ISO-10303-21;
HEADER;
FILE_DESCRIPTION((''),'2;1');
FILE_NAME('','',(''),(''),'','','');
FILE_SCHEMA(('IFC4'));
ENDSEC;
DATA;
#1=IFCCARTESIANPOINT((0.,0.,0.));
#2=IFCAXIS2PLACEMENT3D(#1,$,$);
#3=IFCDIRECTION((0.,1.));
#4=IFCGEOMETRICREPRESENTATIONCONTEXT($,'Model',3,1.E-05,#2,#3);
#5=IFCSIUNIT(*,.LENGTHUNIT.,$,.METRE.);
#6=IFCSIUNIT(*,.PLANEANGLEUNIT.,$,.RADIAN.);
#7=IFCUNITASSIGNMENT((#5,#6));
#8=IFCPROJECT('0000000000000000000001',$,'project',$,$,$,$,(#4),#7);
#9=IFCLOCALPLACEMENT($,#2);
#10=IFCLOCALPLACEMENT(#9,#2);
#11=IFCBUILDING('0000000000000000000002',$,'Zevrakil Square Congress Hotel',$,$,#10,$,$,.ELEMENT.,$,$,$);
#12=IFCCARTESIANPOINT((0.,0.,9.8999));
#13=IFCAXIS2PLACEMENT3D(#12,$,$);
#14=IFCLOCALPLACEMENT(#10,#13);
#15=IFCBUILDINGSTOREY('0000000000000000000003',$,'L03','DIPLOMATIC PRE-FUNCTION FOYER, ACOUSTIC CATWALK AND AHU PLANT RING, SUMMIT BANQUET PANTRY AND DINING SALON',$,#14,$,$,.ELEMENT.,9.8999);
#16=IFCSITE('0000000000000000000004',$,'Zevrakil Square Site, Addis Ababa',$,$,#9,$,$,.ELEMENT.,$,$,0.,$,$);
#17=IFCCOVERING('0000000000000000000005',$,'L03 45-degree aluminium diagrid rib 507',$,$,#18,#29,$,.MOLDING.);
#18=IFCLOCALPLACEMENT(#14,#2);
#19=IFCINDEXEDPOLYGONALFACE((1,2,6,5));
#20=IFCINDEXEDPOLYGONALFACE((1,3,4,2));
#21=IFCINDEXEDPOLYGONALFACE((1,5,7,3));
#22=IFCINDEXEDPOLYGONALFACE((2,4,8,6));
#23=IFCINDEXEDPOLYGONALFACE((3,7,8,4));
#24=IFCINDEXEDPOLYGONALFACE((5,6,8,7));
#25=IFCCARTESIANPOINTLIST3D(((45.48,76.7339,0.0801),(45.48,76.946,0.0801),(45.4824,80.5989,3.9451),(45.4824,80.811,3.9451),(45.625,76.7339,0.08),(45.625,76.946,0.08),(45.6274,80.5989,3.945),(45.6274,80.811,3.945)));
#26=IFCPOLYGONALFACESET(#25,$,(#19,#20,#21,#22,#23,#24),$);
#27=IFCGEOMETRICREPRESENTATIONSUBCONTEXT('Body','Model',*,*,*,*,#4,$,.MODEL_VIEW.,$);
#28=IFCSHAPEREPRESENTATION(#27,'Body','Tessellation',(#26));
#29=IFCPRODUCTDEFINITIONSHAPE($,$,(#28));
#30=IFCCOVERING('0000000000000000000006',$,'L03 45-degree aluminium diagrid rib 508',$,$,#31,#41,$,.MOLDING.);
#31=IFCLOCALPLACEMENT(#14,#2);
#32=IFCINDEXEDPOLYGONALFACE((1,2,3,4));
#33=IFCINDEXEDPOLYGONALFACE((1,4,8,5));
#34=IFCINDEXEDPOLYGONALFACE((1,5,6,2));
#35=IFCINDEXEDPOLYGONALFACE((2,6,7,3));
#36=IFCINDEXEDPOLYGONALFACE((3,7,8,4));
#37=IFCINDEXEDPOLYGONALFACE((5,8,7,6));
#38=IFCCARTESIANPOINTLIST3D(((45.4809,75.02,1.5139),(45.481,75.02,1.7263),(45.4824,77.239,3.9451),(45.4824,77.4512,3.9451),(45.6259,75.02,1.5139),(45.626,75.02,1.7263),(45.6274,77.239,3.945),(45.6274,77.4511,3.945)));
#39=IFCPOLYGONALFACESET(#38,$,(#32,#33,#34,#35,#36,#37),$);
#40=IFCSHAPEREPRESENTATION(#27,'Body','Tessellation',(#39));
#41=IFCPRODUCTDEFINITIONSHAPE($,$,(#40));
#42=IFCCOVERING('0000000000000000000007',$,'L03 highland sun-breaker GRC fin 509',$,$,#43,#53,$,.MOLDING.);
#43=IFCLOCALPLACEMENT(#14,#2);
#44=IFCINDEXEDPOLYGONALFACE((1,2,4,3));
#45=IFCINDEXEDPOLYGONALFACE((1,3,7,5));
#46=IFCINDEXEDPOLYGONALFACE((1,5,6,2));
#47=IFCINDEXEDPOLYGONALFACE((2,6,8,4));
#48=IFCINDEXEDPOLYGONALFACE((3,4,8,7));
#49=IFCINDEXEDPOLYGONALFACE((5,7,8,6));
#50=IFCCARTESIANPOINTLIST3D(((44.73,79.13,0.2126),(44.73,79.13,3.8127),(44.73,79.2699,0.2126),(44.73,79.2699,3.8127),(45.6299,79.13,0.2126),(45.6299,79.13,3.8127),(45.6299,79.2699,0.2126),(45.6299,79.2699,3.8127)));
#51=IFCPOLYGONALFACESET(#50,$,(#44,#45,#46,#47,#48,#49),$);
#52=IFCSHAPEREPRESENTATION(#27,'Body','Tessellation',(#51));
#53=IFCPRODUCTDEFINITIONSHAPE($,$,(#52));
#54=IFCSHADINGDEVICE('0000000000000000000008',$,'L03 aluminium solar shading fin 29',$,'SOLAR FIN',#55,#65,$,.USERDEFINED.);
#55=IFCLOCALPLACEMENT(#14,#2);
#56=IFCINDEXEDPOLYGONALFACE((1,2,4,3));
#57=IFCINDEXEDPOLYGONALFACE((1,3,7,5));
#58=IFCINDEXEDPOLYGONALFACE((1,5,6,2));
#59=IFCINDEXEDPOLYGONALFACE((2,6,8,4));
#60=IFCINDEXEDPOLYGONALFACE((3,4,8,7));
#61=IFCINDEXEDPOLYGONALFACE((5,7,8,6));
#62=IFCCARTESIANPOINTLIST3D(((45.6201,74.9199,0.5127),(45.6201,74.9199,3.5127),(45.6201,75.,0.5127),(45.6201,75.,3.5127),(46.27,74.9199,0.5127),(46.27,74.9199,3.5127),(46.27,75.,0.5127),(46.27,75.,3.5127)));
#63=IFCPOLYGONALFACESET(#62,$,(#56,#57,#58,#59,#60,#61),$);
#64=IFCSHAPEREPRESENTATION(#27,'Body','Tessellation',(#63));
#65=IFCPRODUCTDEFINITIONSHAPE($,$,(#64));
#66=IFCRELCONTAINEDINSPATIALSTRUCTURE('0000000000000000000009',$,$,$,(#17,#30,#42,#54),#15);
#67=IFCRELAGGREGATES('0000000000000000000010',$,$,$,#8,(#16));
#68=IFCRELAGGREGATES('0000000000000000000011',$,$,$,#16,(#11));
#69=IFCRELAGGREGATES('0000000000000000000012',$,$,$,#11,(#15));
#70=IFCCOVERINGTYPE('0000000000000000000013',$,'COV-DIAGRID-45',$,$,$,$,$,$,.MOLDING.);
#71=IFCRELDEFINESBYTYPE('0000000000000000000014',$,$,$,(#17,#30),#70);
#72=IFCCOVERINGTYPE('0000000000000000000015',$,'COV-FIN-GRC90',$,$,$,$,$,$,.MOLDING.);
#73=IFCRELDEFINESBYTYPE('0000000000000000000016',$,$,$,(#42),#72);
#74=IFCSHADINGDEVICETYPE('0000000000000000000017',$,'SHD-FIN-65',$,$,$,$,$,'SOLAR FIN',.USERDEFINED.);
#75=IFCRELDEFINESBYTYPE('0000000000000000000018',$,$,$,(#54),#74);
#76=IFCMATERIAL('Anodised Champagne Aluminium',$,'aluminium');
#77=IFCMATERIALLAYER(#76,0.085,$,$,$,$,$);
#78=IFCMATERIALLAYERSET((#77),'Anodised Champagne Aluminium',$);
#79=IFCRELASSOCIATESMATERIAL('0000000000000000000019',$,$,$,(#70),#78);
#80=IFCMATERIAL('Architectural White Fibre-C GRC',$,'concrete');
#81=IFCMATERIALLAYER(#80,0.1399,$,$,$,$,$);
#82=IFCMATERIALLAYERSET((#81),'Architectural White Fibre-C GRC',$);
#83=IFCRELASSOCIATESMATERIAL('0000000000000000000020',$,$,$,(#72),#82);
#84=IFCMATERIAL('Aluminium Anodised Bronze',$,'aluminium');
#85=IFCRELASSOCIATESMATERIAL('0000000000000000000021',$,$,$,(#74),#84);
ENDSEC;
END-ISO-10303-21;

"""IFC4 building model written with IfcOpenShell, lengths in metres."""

from ifc_helpers import new_model, si_unit, direction, frame, origin, origin_2d, place, context, subcontext, project, spatial, polyline, rectangle, outline, extrude, material, layer, layer_set, type_object, element, save


model = new_model("IFC4")

# Units and contexts
model_context = context("Model", 3, precision=1e-05, world=origin(), true_north=direction((0.0, 1.0)))
body_context = subcontext(model_context, "Body", "Model", "MODEL_VIEW")
ifc_project = project(units=[si_unit("LENGTHUNIT", "METRE"), si_unit("PLANEANGLEUNIT", "RADIAN")], contexts=[model_context])

# Site, building, storey
site_placement = place(None, origin())
site = spatial("IfcSite", under=ifc_project, at=site_placement, Name="Zevrakil Square Site, Addis Ababa", CompositionType="ELEMENT", RefElevation=0.0)
building_placement = place(site_placement, origin())
building = spatial("IfcBuilding", under=site, at=building_placement, Name="Zevrakil Square Congress Hotel", CompositionType="ELEMENT")
storey_placement = place(building_placement, frame((0.0, 0.0, 9.8999)))
storey = spatial("IfcBuildingStorey", under=building, at=storey_placement, Name="L03", Description="DIPLOMATIC PRE-FUNCTION FOYER, ACOUSTIC CATWALK AND AHU PLANT RING, SUMMIT BANQUET PANTRY AND DINING SALON", CompositionType="ELEMENT", Elevation=9.8999)

# Coverings
ifc_material_1 = material(Name="Anodised Champagne Aluminium", Category="aluminium")
ifc_layer_1 = layer(ifc_material_1, 0.085)
ifc_layer_set_1 = layer_set([ifc_layer_1], Name="Anodised Champagne Aluminium")
covering_type_1 = type_object("IfcCoveringType", Name="COV-DIAGRID-45", PredefinedType="MOLDING", material=ifc_layer_set_1)
covering_1_placement = place(storey_placement, frame((45.4824, 80.811, 3.9451), z_axis=(-1.0, 0.0, 0.000632), x_axis=(0.0, -1.0, 0.0)))
element("IfcCovering", 1, at=covering_1_placement, inside=storey, type_object=covering_type_1, Name="L03 45-degree aluminium diagrid rib 507", PredefinedType="MOLDING", context=body_context, shape_type="SweptSolid", body=[
    extrude(outline(polyline([(0.0, 0.0), (0.2122, 0.0), (4.0771, -3.865), (3.865, -3.865), (0.0, 0.0)])), origin(), (0.0, 0.0, -1.0), 0.145),
])
covering_2_placement = place(storey_placement, frame((45.4824, 77.4512, 3.9451), z_axis=(-1.0, 0.000315, 0.000315), x_axis=(-0.000315, -1.0, 0.0)))
element("IfcCovering", 2, at=covering_2_placement, inside=storey, type_object=covering_type_1, Name="L03 45-degree aluminium diagrid rib 508", PredefinedType="MOLDING", context=body_context, shape_type="SweptSolid", body=[
    extrude(outline(polyline([(0.0, 0.0), (0.2122, 0.0), (2.4312, -2.2188), (2.4312, -2.4312), (0.0, 0.0)])), origin(), (0.0, 0.0, -1.0), 0.145),
])
ifc_material_2 = material(Name="Architectural White Fibre-C GRC", Category="concrete")
ifc_layer_2 = layer(ifc_material_2, 0.1399)
ifc_layer_set_2 = layer_set([ifc_layer_2], Name="Architectural White Fibre-C GRC")
covering_type_2 = type_object("IfcCoveringType", Name="COV-FIN-GRC90", PredefinedType="MOLDING", material=ifc_layer_set_2)
covering_3_placement = place(storey_placement, frame((45.1799, 79.2, 0.2126), z_axis=(0.0, 0.0, 1.0), x_axis=(-1.0, 0.0, 0.0)))
element("IfcCovering", 3, at=covering_3_placement, inside=storey, type_object=covering_type_2, Name="L03 highland sun-breaker GRC fin 509", PredefinedType="MOLDING", context=body_context, shape_type="SweptSolid", body=[
    extrude(rectangle(XDim=0.8999, YDim=0.1399, at=origin_2d()), origin(), (0.0, 0.0, 1.0), 3.6001),
])

# Shading device
ifc_material_3 = material(Name="Aluminium Anodised Bronze", Category="aluminium")
shading_device_type = type_object("IfcShadingDeviceType", Name="SHD-FIN-65", ElementType="SOLAR FIN", PredefinedType="USERDEFINED", material=ifc_material_3)
shading_device_placement = place(storey_placement, frame((45.9451, 74.96, 0.5127), z_axis=(0.0, 0.0, 1.0), x_axis=(1.0, 0.0, 0.0)))
element("IfcShadingDevice", 4, at=shading_device_placement, inside=storey, type_object=shading_device_type, Name="L03 aluminium solar shading fin 29", ObjectType="SOLAR FIN", PredefinedType="USERDEFINED", context=body_context, shape_type="SweptSolid", body=[
    extrude(rectangle(XDim=0.6499, YDim=0.0801, at=origin_2d()), origin(), (0.0, 0.0, 1.0), 3.0),
])

save(model, "model.ifc")
